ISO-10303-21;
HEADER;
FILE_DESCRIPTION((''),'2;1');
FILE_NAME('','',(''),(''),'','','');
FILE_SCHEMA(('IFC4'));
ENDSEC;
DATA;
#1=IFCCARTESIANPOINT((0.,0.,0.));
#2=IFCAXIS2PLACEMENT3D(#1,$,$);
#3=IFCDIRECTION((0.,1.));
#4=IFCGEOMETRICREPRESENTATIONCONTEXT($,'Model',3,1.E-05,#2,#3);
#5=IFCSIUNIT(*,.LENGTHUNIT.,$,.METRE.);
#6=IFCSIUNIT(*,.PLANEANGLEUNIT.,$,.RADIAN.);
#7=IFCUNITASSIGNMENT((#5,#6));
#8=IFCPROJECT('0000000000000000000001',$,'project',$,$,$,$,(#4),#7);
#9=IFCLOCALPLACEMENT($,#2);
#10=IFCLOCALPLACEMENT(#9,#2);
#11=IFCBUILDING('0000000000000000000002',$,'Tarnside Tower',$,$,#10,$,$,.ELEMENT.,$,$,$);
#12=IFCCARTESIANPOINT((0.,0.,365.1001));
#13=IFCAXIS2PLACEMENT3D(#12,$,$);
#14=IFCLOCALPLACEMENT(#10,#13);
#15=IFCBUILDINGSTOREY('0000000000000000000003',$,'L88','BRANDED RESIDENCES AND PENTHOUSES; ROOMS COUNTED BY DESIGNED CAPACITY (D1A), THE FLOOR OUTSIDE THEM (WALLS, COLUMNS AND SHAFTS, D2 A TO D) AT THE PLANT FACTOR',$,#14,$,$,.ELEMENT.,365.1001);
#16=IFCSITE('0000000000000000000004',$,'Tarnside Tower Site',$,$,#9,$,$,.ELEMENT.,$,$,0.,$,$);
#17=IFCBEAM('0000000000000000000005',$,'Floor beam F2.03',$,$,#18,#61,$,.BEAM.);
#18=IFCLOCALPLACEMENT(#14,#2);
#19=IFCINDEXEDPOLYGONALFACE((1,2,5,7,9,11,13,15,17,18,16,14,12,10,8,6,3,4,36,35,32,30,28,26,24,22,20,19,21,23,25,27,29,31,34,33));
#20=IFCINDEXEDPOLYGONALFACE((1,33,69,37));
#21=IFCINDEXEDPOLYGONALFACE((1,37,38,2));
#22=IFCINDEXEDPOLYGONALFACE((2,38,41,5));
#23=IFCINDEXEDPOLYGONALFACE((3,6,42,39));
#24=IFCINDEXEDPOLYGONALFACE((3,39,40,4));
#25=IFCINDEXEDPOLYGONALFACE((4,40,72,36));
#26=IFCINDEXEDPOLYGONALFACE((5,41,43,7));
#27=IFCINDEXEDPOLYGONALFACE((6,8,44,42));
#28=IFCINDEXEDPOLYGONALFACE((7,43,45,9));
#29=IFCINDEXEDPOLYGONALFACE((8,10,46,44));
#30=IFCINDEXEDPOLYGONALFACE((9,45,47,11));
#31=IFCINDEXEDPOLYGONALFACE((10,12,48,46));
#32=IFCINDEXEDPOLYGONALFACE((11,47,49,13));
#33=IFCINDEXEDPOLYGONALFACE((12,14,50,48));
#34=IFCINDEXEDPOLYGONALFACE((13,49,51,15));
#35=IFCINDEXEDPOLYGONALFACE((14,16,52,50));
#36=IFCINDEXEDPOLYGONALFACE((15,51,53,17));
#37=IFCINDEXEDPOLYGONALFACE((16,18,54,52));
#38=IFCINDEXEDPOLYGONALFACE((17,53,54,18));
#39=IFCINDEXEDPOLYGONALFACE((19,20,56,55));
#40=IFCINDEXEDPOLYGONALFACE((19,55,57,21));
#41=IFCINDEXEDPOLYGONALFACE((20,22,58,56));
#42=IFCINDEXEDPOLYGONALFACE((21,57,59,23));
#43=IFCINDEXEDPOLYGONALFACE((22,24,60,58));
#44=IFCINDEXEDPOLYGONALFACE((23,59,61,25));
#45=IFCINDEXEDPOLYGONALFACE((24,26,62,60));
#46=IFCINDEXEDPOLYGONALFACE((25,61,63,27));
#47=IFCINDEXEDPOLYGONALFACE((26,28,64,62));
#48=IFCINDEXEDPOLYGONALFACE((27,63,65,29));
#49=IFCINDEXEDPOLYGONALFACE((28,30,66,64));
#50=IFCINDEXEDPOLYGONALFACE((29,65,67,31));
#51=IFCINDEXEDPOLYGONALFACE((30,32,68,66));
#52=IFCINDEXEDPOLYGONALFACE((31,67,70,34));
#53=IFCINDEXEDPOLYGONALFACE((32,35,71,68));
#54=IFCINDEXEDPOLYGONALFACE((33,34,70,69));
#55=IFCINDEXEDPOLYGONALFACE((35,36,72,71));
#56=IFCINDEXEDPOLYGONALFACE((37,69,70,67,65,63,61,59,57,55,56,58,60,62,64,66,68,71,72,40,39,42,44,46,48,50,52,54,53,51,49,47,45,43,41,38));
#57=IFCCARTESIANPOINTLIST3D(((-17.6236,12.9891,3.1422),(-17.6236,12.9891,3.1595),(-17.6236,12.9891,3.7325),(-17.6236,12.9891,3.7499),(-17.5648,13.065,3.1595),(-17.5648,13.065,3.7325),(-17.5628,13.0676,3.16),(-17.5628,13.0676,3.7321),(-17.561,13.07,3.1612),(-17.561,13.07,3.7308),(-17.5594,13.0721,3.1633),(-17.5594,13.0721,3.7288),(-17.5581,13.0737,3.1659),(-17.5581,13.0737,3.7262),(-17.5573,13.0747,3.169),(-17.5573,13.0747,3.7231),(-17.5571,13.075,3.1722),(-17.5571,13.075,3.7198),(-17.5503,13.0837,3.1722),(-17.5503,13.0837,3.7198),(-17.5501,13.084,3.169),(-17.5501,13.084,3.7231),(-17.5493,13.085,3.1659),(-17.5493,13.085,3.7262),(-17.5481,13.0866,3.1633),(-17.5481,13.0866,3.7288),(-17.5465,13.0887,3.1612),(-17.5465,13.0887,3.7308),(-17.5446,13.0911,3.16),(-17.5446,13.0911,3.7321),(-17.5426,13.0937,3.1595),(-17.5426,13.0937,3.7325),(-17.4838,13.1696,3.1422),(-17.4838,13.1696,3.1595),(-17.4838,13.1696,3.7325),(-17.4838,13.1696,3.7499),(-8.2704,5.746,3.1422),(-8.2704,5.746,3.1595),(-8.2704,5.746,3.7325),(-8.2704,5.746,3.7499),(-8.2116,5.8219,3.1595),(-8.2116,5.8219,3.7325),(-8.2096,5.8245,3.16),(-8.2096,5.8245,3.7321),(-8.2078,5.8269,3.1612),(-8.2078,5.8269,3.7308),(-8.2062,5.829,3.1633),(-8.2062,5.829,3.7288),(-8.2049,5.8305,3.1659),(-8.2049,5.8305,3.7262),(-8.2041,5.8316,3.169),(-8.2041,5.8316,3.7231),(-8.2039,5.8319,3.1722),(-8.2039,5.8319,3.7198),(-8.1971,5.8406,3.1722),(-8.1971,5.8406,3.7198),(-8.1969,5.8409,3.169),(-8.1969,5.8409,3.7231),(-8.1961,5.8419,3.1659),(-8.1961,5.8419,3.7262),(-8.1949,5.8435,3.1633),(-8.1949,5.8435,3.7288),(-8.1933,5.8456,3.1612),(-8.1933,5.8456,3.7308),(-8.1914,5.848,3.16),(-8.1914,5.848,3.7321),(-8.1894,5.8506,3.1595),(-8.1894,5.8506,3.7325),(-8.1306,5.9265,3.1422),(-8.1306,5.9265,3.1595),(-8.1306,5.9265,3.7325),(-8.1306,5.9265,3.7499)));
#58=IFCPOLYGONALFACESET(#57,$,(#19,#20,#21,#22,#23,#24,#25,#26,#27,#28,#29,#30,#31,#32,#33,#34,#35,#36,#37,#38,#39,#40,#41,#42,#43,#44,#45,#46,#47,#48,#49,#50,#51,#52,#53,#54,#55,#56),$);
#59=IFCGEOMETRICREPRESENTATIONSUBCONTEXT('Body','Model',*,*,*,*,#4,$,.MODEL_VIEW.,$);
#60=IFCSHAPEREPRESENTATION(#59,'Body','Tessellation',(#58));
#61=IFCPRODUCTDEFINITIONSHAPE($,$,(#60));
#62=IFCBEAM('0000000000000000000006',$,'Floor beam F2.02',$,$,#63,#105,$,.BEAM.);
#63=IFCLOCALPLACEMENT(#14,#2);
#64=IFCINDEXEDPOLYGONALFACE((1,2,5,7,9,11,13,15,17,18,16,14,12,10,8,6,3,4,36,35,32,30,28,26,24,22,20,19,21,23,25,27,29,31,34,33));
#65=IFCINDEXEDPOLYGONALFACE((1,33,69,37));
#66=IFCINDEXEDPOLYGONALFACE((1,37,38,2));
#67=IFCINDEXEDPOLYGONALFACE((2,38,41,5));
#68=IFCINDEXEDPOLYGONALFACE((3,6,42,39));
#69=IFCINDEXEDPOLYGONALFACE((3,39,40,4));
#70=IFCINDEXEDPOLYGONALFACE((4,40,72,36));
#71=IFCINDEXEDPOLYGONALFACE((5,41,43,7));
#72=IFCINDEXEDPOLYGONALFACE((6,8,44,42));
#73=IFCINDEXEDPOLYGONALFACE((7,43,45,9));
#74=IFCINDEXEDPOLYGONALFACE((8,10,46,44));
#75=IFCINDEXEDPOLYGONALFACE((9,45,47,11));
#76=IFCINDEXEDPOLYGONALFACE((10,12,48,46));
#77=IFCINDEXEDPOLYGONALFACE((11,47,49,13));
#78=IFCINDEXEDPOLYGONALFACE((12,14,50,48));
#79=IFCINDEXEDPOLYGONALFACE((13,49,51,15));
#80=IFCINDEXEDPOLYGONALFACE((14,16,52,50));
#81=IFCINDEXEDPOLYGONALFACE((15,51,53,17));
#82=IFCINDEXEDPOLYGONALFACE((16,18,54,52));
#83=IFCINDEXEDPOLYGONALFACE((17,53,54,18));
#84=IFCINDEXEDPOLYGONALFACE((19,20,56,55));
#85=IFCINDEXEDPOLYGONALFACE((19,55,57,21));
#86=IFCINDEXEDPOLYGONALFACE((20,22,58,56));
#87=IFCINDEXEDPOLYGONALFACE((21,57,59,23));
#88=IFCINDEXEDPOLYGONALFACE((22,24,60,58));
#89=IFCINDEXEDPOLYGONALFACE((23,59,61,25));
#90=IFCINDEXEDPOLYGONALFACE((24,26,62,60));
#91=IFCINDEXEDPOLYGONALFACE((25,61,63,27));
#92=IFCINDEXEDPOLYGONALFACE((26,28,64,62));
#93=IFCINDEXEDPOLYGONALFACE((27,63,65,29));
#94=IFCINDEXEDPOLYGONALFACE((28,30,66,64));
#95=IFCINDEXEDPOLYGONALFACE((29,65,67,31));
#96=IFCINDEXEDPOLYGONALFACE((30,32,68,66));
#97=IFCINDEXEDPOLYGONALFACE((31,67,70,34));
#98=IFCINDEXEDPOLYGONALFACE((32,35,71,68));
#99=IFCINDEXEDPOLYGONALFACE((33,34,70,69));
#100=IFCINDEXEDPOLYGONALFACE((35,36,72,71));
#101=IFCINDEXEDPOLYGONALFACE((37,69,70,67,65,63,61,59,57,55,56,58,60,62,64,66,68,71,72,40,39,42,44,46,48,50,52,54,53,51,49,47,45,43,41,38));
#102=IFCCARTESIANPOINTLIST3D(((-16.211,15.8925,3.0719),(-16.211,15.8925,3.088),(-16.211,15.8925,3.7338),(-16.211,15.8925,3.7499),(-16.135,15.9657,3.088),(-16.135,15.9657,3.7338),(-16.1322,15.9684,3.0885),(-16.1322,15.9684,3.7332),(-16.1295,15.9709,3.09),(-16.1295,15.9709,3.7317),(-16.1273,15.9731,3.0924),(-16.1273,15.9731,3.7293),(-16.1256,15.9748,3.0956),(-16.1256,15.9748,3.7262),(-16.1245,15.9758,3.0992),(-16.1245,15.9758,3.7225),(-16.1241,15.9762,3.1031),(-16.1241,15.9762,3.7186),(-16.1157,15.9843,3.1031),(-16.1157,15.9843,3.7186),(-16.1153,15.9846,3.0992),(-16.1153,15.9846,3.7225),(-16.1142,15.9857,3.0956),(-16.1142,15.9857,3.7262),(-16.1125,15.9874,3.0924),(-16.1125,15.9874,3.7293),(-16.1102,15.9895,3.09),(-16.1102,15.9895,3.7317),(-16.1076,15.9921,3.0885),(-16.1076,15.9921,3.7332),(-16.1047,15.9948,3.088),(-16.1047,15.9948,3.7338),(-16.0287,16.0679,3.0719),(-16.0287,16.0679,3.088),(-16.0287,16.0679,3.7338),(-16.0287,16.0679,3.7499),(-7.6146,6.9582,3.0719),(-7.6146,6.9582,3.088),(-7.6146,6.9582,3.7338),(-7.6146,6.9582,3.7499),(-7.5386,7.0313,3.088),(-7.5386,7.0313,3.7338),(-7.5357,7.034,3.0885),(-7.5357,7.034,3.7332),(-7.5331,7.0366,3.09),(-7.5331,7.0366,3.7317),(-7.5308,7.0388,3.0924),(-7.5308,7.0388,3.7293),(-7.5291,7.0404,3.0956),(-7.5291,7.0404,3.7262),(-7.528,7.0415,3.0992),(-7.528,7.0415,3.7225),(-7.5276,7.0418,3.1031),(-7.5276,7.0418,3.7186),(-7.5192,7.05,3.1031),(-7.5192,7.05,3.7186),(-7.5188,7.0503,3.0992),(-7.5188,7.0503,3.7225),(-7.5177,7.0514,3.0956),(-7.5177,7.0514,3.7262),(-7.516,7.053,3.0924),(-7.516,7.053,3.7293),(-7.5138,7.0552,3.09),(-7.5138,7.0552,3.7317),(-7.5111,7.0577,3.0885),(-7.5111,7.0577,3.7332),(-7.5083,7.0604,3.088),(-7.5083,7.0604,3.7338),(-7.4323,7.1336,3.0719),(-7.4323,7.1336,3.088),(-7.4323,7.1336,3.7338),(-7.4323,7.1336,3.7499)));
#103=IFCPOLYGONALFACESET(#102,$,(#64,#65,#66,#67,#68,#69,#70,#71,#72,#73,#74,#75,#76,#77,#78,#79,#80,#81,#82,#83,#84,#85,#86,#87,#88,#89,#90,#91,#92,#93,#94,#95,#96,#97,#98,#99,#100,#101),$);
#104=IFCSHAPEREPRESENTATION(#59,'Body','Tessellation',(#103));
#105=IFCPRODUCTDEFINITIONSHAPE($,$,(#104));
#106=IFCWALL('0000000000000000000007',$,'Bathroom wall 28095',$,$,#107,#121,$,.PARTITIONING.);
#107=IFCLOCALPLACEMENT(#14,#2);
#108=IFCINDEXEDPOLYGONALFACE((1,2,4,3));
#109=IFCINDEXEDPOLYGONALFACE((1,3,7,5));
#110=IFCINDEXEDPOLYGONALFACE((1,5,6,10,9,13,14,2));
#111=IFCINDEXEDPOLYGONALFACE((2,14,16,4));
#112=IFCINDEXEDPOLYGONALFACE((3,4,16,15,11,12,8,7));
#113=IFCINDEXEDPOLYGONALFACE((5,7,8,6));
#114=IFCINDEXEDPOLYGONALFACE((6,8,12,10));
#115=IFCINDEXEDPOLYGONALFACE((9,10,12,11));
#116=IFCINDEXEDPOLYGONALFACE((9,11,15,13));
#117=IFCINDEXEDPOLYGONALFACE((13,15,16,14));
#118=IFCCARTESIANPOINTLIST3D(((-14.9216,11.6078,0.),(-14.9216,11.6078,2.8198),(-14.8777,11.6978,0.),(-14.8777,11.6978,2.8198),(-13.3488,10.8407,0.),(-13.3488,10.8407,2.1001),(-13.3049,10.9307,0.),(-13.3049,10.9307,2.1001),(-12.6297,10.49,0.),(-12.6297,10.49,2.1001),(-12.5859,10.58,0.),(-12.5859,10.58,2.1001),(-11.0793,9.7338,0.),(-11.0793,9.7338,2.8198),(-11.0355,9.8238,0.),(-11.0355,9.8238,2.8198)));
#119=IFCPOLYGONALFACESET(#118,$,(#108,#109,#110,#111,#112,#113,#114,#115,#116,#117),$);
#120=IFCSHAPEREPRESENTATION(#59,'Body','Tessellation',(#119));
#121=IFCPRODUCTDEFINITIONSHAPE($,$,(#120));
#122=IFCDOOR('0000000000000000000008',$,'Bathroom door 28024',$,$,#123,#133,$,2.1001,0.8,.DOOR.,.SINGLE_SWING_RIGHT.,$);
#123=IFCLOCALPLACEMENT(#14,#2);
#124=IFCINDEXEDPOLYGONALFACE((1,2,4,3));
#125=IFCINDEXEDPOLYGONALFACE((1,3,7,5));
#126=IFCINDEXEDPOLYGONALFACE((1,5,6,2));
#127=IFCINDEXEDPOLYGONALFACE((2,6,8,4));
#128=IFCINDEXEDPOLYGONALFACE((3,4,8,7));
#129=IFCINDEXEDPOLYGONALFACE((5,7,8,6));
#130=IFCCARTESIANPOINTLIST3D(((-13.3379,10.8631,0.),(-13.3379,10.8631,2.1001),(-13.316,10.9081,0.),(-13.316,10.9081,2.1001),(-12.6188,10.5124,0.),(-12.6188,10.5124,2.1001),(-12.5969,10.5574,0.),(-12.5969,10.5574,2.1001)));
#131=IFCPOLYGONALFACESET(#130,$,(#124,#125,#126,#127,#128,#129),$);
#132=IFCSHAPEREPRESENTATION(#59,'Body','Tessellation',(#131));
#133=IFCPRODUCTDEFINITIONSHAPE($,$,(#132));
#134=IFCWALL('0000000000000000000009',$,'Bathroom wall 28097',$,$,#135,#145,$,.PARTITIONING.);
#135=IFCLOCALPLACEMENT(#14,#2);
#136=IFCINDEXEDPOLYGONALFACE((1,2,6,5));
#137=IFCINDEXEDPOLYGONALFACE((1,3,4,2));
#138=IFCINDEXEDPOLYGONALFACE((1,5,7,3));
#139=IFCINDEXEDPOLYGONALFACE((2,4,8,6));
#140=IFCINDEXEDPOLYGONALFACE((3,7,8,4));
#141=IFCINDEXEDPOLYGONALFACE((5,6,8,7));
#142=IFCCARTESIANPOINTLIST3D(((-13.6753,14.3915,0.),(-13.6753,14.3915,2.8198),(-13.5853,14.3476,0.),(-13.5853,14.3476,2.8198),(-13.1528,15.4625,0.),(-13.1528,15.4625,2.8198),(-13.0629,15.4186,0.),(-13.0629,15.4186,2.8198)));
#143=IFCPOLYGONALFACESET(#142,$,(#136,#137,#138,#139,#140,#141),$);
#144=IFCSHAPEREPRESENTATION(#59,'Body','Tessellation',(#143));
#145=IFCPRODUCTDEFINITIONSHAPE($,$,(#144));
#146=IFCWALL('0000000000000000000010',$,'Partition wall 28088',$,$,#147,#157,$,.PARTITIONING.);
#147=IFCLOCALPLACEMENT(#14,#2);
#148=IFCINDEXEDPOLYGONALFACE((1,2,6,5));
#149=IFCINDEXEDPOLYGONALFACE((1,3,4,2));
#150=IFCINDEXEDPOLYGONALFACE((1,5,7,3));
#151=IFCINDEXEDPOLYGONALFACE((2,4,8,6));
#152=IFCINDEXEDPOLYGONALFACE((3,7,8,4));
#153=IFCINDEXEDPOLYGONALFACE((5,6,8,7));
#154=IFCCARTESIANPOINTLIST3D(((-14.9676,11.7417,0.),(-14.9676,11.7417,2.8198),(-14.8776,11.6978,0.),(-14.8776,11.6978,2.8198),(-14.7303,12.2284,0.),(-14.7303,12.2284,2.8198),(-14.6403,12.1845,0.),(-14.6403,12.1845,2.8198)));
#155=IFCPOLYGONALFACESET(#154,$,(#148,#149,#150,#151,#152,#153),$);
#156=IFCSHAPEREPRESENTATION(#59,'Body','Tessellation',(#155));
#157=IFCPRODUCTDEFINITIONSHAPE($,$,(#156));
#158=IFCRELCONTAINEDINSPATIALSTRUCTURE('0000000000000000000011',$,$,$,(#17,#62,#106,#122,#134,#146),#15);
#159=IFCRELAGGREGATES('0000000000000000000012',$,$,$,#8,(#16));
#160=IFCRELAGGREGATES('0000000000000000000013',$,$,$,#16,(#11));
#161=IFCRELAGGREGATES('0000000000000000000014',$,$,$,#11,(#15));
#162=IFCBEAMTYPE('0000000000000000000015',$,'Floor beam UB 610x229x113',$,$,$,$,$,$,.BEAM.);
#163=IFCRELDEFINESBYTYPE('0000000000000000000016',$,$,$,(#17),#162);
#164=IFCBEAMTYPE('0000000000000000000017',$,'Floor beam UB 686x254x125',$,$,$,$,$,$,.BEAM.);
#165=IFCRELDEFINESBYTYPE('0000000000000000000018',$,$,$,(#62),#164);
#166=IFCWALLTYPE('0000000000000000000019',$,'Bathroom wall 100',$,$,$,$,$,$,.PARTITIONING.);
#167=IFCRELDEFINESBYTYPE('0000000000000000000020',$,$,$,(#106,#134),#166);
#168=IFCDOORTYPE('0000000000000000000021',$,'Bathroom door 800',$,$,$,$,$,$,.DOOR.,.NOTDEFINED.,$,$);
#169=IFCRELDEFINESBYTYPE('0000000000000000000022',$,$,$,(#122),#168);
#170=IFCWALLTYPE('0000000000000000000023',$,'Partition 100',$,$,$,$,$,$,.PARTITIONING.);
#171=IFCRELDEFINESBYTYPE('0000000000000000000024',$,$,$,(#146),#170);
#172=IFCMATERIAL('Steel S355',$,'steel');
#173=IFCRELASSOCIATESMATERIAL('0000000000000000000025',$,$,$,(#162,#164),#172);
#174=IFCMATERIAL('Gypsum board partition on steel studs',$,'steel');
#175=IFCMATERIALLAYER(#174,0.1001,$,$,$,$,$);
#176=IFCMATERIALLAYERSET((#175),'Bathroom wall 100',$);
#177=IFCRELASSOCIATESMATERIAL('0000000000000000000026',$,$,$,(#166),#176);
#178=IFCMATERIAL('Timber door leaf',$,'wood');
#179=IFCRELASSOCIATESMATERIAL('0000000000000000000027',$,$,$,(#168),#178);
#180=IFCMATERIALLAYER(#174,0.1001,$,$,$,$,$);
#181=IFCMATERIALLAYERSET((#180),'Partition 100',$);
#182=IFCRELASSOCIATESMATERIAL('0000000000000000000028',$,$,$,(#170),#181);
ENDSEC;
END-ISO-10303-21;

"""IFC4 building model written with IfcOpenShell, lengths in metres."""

from ifc_helpers import new_model, si_unit, direction, frame, frame_2d, origin, origin_2d, place, context, subcontext, project, spatial, rectangle, i_section, extrude, material, layer, layer_set, material_profile, profile_set, type_object, element, fill, save


model = new_model("IFC4")

# Units and contexts
model_context = context("Model", 3, precision=1e-05, world=origin(), true_north=direction((0.0, 1.0)))
body_context = subcontext(model_context, "Body", "Model", "MODEL_VIEW")
ifc_project = project(units=[si_unit("LENGTHUNIT", "METRE"), si_unit("PLANEANGLEUNIT", "RADIAN")], contexts=[model_context])

# Site, building, storey
site_placement = place(None, origin())
site = spatial("IfcSite", under=ifc_project, at=site_placement, Name="Tarnside Tower Site", CompositionType="ELEMENT", RefElevation=0.0)
building_placement = place(site_placement, origin())
building = spatial("IfcBuilding", under=site, at=building_placement, Name="Tarnside Tower", CompositionType="ELEMENT")
storey_placement = place(building_placement, frame((0.0, 0.0, 365.1001)))
storey = spatial("IfcBuildingStorey", under=building, at=storey_placement, Name="L88", Description="BRANDED RESIDENCES AND PENTHOUSES; ROOMS COUNTED BY DESIGNED CAPACITY (D1A), THE FLOOR OUTSIDE THEM (WALLS, COLUMNS AND SHAFTS, D2 A TO D) AT THE PLANT FACTOR", CompositionType="ELEMENT", Elevation=365.1001)

# Beams
ifc_material_1 = material(Name="Steel S355", Category="steel")
ifc_material_profile_1 = material_profile(ifc_material_1, i_section(OverallWidth=0.2283, OverallDepth=0.6077, WebThickness=0.011, FlangeThickness=0.0173, FilletRadius=0.0127, at=origin_2d()), Name="UB 610x229x113")
ifc_profile_set_1 = profile_set([ifc_material_profile_1], Name="Steel S355")
beam_type_1 = type_object("IfcBeamType", Name="Floor beam UB 610x229x113", PredefinedType="BEAM", material=ifc_profile_set_1)
beam_1_placement = place(storey_placement, frame((-17.5537, 13.0793, 3.446), z_axis=(0.790645, -0.612275, 0.0), x_axis=(0.612275, 0.790645, 0.0)))
element("IfcBeam", 1, at=beam_1_placement, inside=storey, type_object=beam_type_1, Name="Floor beam F2.03", PredefinedType="BEAM", context=body_context, shape_type="SweptSolid", body=[
    extrude(i_section(OverallWidth=0.2283, OverallDepth=0.6077, WebThickness=0.011, FlangeThickness=0.0173, FilletRadius=0.0127, at=origin_2d()), origin(), (0.0, 0.0, 1.0), 11.8298),
])
ifc_material_profile_2 = material_profile(ifc_material_1, i_section(OverallWidth=0.2529, OverallDepth=0.678, WebThickness=0.0117, FlangeThickness=0.0161, FilletRadius=0.0151, at=origin_2d()), Name="UB 686x254x125")
ifc_profile_set_2 = profile_set([ifc_material_profile_2], Name="Steel S355")
beam_type_2 = type_object("IfcBeamType", Name="Floor beam UB 686x254x125", PredefinedType="BEAM", material=ifc_profile_set_2)
beam_2_placement = place(storey_placement, frame((-16.1199, 15.9802, 3.4109), z_axis=(0.693349, -0.720602, 0.0), x_axis=(0.720602, 0.693349, 0.0)))
element("IfcBeam", 2, at=beam_2_placement, inside=storey, type_object=beam_type_2, Name="Floor beam F2.02", PredefinedType="BEAM", context=body_context, shape_type="SweptSolid", body=[
    extrude(i_section(OverallWidth=0.2529, OverallDepth=0.678, WebThickness=0.0117, FlangeThickness=0.0161, FilletRadius=0.0151, at=origin_2d()), origin(), (0.0, 0.0, 1.0), 12.3984),
])

# Wall, opening, door
ifc_material_2 = material(Name="Gypsum board partition on steel studs", Category="steel")
ifc_layer_1 = layer(ifc_material_2, 0.1001)
ifc_layer_set_1 = layer_set([ifc_layer_1], Name="Bathroom wall 100")
wall_type_1 = type_object("IfcWallType", Name="Bathroom wall 100", PredefinedType="PARTITIONING", material=ifc_layer_set_1)
wall_1_placement = place(storey_placement, frame((-14.8997, 11.6528, 0.0), z_axis=(0.0, 0.0, 1.0), x_axis=(0.898793, -0.438374, 0.0)))
wall_1 = element("IfcWall", 3, at=wall_1_placement, inside=storey, type_object=wall_type_1, Name="Bathroom wall 28095", PredefinedType="PARTITIONING", context=body_context, shape_type="SweptSolid", body=[
    extrude(rectangle(XDim=4.2749, YDim=0.1001, at=frame_2d((2.1375, 0.0))), origin(), (0.0, 0.0, 1.0), 2.8198),
])
opening_1_placement = place(wall_1_placement, frame((1.75, 0.0, 0.0)))
opening_1 = element("IfcOpeningElement", 4, at=opening_1_placement, cuts=wall_1, PredefinedType="OPENING", context=body_context, shape_type="SweptSolid", body=[
    extrude(rectangle(XDim=0.8, YDim=2.1001, at=frame_2d((0.3999, 1.05))), frame((0.0, 0.0601, 0.0), z_axis=(0.0, -1.0, 0.0), x_axis=(1.0, 0.0, 0.0)), (0.0, 0.0, 1.0), 0.1201),
])
ifc_material_3 = material(Name="Timber door leaf", Category="wood")
door_type_1 = type_object("IfcDoorType", Name="Bathroom door 800", OperationType="NOTDEFINED", PredefinedType="DOOR", material=ifc_material_3)
door_1_placement = place(opening_1_placement, origin())
door_1 = element("IfcDoor", 5, at=door_1_placement, inside=storey, type_object=door_type_1, Name="Bathroom door 28024", OperationType="SINGLE_SWING_RIGHT", OverallHeight=2.1001, OverallWidth=0.8, PredefinedType="DOOR", context=body_context, shape_type="SweptSolid", body=[
    extrude(rectangle(XDim=0.8, YDim=2.1001, at=frame_2d((0.3999, 1.05))), frame((0.0, 0.0249, 0.0), z_axis=(0.0, -1.0, 0.0), x_axis=(1.0, 0.0, 0.0)), (0.0, 0.0, 1.0), 0.05),
])
fill(opening_1, door_1)

# Walls
wall_2_placement = place(storey_placement, frame((-13.1079, 15.4404, 0.0), z_axis=(0.0, 0.0, 1.0), x_axis=(-0.438424, -0.898768, 0.0)))
element("IfcWall", 6, at=wall_2_placement, inside=storey, type_object=wall_type_1, Name="Bathroom wall 28097", PredefinedType="PARTITIONING", context=body_context, shape_type="SweptSolid", body=[
    extrude(rectangle(XDim=1.1917, YDim=0.1001, at=frame_2d((0.5957, 0.0))), origin(), (0.0, 0.0, 1.0), 2.8198),
])
ifc_layer_2 = layer(ifc_material_2, 0.1001)
ifc_layer_set_2 = layer_set([ifc_layer_2], Name="Partition 100")
wall_type_2 = type_object("IfcWallType", Name="Partition 100", PredefinedType="PARTITIONING", material=ifc_layer_set_2)
wall_3_placement = place(storey_placement, frame((-14.9226, 11.7197, 0.0), z_axis=(0.0, 0.0, 1.0), x_axis=(0.438175, 0.89889, 0.0)))
element("IfcWall", 7, at=wall_3_placement, inside=storey, type_object=wall_type_2, Name="Partition wall 28088", PredefinedType="PARTITIONING", context=body_context, shape_type="SweptSolid", body=[
    extrude(rectangle(XDim=0.5415, YDim=0.1001, at=frame_2d((0.2708, 0.0))), origin(), (0.0, 0.0, 1.0), 2.8198),
])

save(model, "model.ifc")
